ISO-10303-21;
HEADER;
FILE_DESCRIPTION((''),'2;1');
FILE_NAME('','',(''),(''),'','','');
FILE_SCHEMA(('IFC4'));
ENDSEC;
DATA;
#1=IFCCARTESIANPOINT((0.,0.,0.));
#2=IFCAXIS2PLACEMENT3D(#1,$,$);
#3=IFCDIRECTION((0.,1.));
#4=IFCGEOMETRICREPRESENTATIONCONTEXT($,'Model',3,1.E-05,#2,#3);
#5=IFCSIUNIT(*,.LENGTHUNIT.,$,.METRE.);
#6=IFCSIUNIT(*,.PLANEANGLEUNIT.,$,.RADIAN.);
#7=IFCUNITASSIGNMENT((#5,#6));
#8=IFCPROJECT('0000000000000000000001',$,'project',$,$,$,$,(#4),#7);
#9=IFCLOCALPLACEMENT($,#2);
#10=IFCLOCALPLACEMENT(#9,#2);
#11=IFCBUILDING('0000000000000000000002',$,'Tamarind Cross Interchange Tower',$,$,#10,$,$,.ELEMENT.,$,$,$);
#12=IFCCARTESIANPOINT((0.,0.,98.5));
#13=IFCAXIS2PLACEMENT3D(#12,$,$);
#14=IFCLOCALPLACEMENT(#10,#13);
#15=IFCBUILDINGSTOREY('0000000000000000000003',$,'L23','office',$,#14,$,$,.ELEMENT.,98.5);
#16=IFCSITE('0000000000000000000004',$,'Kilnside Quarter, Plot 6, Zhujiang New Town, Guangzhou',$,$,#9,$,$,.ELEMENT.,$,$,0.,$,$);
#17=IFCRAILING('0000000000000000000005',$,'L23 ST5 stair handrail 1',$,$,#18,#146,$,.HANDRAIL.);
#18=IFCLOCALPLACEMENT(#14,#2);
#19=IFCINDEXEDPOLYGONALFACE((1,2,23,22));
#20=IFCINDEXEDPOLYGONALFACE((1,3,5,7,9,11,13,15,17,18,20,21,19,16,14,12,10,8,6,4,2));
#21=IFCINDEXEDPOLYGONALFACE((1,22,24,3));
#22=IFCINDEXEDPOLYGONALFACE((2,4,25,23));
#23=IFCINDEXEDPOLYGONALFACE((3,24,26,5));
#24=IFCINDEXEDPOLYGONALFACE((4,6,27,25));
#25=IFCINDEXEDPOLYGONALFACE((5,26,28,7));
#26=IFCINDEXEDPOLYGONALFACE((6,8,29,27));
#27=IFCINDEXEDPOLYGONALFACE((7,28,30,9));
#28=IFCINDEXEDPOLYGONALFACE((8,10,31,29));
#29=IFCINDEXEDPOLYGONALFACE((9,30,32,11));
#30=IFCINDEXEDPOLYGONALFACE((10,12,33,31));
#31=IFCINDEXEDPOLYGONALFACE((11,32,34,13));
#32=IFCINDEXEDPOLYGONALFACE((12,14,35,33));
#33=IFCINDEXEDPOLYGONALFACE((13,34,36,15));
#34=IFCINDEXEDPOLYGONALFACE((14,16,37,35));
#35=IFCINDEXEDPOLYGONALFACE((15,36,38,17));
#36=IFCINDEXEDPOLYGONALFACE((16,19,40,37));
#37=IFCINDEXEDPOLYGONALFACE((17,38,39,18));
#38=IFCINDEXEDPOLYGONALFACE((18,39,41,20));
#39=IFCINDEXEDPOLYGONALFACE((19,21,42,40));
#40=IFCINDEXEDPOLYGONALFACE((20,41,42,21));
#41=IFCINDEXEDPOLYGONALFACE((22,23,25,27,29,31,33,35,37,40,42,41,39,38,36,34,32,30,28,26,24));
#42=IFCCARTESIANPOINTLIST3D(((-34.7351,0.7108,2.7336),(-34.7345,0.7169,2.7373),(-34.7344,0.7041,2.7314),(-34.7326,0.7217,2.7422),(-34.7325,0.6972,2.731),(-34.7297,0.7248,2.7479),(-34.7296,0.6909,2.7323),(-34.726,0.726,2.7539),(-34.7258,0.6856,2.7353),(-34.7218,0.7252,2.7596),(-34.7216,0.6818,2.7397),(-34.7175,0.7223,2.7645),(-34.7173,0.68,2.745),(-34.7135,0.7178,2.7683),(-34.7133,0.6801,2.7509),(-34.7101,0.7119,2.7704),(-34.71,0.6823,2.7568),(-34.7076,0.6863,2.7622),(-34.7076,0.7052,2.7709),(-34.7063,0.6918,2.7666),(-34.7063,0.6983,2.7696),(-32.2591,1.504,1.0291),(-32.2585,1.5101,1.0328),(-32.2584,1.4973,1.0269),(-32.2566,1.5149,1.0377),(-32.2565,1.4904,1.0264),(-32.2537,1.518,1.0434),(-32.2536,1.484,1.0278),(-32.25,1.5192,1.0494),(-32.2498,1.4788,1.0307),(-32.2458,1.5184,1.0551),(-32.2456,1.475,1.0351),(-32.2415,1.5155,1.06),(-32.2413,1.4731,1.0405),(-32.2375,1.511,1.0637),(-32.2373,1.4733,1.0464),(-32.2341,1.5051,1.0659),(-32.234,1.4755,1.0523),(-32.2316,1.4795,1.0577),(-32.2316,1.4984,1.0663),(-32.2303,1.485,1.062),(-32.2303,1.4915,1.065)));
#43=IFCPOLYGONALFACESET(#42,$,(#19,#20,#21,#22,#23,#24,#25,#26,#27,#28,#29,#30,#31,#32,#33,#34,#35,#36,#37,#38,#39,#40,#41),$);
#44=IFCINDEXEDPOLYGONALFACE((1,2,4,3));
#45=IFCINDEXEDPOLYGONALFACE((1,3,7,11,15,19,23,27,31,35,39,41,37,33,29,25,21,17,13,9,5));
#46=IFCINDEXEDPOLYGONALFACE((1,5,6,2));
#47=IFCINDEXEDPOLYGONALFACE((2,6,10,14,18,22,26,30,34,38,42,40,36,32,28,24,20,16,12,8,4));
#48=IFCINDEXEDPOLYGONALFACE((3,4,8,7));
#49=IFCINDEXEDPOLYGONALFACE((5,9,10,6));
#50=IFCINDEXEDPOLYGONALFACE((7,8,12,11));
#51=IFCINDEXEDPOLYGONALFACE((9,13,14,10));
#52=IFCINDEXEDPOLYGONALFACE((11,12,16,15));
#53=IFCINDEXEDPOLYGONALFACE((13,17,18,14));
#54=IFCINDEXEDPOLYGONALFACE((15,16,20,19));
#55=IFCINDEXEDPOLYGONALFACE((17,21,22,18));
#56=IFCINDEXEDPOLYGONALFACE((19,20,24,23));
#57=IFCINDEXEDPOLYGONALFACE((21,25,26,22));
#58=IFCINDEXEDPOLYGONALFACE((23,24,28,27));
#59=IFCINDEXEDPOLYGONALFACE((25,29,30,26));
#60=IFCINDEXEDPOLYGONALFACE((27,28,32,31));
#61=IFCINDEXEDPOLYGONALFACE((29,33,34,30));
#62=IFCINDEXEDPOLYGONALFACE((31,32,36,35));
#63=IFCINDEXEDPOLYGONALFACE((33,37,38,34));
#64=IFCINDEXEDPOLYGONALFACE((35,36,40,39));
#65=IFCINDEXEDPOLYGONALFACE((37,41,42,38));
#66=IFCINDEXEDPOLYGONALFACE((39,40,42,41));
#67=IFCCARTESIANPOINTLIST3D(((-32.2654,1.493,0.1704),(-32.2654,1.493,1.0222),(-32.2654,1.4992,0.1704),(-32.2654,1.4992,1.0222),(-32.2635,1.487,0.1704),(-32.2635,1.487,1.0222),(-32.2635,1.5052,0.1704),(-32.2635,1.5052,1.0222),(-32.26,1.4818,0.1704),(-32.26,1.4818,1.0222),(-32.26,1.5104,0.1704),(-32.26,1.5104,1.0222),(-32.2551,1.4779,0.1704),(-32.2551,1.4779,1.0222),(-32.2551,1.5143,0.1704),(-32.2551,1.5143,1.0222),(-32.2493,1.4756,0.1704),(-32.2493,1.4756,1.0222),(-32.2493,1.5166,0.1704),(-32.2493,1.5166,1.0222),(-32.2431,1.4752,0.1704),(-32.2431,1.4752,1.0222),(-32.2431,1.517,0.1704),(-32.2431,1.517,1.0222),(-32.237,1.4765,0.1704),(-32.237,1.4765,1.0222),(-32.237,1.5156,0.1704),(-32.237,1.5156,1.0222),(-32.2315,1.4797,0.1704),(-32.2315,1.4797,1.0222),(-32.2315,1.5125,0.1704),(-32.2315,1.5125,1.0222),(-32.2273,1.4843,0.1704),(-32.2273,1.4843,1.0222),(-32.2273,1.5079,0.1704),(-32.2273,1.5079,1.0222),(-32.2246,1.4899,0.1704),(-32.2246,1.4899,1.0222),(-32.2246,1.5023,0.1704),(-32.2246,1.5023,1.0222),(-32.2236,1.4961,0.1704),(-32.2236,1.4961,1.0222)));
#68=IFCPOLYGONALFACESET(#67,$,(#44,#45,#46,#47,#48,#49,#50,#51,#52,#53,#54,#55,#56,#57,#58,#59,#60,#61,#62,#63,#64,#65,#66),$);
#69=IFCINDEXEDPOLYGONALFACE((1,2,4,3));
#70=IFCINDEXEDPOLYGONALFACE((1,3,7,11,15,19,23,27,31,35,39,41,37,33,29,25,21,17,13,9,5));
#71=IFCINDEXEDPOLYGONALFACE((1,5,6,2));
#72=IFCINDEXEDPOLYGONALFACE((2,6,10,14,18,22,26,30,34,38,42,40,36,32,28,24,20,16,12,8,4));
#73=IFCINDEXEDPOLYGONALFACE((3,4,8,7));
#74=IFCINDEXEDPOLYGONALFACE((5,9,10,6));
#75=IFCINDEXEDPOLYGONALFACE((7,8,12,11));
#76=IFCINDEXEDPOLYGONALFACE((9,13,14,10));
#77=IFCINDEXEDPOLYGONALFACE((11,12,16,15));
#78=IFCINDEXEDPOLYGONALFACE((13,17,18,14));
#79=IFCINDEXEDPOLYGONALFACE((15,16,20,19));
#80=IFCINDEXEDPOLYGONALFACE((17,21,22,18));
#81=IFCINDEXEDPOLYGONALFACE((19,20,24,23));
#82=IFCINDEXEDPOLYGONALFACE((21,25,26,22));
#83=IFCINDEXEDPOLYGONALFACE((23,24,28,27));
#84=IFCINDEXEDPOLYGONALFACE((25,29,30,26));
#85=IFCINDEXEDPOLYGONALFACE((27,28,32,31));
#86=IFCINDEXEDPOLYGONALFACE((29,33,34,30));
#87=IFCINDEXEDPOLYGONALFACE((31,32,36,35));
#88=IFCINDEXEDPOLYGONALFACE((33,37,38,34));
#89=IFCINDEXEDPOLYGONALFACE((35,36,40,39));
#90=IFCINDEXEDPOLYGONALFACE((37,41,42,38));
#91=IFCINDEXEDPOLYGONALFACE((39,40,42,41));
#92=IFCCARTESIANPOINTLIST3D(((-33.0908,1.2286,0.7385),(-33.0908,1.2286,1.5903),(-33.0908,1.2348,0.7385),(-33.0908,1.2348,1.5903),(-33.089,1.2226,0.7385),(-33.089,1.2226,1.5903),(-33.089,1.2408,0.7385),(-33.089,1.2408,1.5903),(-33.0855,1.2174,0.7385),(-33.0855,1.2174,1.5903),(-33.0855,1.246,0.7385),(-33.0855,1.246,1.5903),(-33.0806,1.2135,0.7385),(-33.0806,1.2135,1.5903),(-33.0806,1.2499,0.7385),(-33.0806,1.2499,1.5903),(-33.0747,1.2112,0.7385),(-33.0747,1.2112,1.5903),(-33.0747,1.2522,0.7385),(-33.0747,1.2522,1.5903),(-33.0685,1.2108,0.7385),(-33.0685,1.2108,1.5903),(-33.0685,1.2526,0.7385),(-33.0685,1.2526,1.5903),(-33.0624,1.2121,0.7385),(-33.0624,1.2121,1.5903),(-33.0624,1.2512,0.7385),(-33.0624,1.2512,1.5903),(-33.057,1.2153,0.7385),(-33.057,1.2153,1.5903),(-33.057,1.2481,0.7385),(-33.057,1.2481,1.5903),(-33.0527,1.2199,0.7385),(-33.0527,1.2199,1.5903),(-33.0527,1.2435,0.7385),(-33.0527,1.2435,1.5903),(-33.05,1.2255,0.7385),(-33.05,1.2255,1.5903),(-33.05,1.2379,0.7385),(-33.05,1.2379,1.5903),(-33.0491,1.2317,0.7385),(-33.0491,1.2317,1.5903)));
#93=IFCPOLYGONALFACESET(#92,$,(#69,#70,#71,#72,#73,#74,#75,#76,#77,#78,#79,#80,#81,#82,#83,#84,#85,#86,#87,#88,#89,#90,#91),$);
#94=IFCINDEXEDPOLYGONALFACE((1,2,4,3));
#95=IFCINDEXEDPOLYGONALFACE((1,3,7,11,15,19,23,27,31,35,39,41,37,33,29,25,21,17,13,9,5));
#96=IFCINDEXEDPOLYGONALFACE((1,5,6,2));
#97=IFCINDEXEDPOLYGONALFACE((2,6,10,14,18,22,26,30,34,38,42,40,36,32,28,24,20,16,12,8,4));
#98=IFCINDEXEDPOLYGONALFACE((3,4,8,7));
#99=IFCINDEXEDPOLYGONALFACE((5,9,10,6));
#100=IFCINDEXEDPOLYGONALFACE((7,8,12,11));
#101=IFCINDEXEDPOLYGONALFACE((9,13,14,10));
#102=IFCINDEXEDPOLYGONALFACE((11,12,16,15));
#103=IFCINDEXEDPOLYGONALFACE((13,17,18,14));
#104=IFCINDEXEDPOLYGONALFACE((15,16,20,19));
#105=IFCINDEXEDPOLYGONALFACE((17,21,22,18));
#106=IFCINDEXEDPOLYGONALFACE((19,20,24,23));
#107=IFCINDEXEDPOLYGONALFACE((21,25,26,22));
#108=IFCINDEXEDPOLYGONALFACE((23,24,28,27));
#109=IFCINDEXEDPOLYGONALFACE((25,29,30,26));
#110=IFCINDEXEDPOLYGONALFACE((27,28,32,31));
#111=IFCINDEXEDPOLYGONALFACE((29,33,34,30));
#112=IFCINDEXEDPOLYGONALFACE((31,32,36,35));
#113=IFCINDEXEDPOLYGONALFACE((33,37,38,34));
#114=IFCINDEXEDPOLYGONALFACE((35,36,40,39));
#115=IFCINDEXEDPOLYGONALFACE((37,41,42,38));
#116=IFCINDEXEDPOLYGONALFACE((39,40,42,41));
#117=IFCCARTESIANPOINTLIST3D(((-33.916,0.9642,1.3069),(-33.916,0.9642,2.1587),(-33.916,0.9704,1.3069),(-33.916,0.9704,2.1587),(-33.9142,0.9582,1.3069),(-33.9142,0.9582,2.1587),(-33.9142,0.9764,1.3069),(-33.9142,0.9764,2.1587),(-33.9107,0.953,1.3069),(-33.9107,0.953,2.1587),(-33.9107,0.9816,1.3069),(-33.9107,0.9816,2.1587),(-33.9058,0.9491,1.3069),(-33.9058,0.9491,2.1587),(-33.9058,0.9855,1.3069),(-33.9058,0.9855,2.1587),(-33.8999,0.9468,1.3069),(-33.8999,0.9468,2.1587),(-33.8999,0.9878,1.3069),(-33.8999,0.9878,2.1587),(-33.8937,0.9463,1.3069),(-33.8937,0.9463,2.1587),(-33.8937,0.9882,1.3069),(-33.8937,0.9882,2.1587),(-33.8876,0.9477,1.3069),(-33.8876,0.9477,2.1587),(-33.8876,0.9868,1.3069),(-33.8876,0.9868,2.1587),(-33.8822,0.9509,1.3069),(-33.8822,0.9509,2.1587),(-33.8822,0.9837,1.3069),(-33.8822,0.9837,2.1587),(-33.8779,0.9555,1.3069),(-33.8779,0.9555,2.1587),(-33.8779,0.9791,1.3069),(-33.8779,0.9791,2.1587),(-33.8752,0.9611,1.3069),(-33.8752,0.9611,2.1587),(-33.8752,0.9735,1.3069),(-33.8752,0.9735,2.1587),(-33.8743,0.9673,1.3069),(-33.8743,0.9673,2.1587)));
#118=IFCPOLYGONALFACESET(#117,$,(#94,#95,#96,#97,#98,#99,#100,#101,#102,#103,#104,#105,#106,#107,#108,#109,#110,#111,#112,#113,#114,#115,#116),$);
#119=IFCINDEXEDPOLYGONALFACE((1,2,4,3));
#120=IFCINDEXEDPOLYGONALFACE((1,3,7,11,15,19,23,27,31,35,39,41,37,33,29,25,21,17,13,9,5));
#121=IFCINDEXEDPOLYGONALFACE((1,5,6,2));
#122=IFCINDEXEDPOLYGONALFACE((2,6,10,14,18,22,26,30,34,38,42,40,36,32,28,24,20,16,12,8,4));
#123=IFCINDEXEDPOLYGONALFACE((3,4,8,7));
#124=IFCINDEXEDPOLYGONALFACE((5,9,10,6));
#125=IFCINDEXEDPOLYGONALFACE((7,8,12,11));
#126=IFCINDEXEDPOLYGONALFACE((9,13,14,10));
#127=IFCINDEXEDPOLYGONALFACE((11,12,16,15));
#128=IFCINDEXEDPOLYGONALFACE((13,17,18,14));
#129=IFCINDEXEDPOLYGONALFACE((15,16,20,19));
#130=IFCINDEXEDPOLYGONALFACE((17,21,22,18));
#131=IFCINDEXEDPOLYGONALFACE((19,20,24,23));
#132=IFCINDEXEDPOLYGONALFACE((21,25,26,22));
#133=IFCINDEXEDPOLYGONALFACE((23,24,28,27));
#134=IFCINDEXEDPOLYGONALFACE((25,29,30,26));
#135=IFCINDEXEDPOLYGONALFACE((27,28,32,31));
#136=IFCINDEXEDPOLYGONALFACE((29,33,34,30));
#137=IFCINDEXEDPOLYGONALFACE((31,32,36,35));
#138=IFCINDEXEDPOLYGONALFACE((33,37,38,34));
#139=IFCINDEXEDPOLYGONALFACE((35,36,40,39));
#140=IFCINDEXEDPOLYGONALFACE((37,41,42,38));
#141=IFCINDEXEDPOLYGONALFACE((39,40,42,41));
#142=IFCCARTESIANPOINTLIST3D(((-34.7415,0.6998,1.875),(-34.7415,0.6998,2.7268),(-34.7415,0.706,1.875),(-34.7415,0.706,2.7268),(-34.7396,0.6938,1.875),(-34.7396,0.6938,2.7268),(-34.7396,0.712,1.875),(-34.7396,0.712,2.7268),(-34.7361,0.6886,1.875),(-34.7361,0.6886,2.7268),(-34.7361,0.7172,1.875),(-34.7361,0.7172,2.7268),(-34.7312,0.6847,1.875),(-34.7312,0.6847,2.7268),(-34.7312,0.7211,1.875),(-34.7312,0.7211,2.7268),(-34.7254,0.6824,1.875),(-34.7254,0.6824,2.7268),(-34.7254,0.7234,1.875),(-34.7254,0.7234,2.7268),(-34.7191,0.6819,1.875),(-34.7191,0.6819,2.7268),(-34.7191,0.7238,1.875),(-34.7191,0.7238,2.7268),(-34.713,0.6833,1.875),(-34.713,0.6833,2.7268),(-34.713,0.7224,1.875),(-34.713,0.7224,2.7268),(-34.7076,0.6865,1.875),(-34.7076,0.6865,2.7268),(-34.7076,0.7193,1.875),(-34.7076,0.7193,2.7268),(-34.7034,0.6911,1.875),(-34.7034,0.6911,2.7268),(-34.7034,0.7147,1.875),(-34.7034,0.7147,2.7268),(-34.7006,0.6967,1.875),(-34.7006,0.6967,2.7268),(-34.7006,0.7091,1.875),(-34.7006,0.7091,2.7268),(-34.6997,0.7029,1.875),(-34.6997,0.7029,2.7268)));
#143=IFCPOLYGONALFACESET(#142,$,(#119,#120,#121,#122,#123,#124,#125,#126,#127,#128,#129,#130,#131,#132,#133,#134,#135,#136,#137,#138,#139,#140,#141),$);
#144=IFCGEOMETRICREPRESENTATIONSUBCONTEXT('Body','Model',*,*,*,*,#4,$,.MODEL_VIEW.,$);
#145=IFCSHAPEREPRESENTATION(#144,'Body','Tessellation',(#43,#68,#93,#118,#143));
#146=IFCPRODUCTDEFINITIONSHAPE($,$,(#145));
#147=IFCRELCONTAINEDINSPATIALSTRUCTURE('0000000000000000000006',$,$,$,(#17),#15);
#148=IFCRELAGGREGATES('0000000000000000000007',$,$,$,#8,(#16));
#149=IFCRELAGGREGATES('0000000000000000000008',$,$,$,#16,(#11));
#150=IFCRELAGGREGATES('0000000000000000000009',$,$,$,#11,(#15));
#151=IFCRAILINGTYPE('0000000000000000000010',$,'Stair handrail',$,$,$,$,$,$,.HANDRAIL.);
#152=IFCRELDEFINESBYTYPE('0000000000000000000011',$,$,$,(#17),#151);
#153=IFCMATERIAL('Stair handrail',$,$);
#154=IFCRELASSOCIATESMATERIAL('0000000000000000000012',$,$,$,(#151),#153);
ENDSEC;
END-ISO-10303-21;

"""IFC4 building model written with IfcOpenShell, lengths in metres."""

from ifc_helpers import new_model, si_unit, direction, frame, origin, origin_2d, place, context, subcontext, project, spatial, circle, extrude, material, type_object, element, save


model = new_model("IFC4")

# Units and contexts
model_context = context("Model", 3, precision=1e-05, world=origin(), true_north=direction((0.0, 1.0)))
body_context = subcontext(model_context, "Body", "Model", "MODEL_VIEW")
ifc_project = project(units=[si_unit("LENGTHUNIT", "METRE"), si_unit("PLANEANGLEUNIT", "RADIAN")], contexts=[model_context])

# Site, building, storey
site_placement = place(None, origin())
site = spatial("IfcSite", under=ifc_project, at=site_placement, Name="Kilnside Quarter, Plot 6, Zhujiang New Town, Guangzhou", CompositionType="ELEMENT", RefElevation=0.0)
building_placement = place(site_placement, origin())
building = spatial("IfcBuilding", under=site, at=building_placement, Name="Tamarind Cross Interchange Tower", CompositionType="ELEMENT")
storey_placement = place(building_placement, frame((0.0, 0.0, 98.5)))
storey = spatial("IfcBuildingStorey", under=building, at=storey_placement, Name="L23", Description="office", CompositionType="ELEMENT", Elevation=98.5)

# Railing
ifc_material_1 = material(Name="Stair handrail")
railing_type_1 = type_object("IfcRailingType", Name="Stair handrail", PredefinedType="HANDRAIL", material=ifc_material_1)
railing_1_placement = place(storey_placement, frame((-32.2446, 1.4961, 0.1704)))
element("IfcRailing", 1, at=railing_1_placement, inside=storey, type_object=railing_type_1, Name="L23 ST5 stair handrail 1", PredefinedType="HANDRAIL", context=body_context, shape_type="SweptSolid", body=[
    extrude(circle(Radius=0.0239, at=origin_2d()), frame((0.0, 0.0, 0.876), z_axis=(-0.796427, -0.255136, 0.548279), x_axis=(0.305079, -0.952327, 0.0)), (0.0, 0.0, 1.0), 3.1089),
    extrude(circle(Radius=0.021, at=origin_2d()), origin(), (0.0, 0.0, 1.0), 0.8518),
    extrude(circle(Radius=0.021, at=origin_2d()), frame((-0.8254, -0.2644, 0.5681)), (0.0, 0.0, 1.0), 0.8518),
    extrude(circle(Radius=0.021, at=origin_2d()), frame((-1.6506, -0.5288, 1.1365)), (0.0, 0.0, 1.0), 0.8518),
    extrude(circle(Radius=0.021, at=origin_2d()), frame((-2.4761, -0.7932, 1.7046)), (0.0, 0.0, 1.0), 0.8518),
])

save(model, "model.ifc")
